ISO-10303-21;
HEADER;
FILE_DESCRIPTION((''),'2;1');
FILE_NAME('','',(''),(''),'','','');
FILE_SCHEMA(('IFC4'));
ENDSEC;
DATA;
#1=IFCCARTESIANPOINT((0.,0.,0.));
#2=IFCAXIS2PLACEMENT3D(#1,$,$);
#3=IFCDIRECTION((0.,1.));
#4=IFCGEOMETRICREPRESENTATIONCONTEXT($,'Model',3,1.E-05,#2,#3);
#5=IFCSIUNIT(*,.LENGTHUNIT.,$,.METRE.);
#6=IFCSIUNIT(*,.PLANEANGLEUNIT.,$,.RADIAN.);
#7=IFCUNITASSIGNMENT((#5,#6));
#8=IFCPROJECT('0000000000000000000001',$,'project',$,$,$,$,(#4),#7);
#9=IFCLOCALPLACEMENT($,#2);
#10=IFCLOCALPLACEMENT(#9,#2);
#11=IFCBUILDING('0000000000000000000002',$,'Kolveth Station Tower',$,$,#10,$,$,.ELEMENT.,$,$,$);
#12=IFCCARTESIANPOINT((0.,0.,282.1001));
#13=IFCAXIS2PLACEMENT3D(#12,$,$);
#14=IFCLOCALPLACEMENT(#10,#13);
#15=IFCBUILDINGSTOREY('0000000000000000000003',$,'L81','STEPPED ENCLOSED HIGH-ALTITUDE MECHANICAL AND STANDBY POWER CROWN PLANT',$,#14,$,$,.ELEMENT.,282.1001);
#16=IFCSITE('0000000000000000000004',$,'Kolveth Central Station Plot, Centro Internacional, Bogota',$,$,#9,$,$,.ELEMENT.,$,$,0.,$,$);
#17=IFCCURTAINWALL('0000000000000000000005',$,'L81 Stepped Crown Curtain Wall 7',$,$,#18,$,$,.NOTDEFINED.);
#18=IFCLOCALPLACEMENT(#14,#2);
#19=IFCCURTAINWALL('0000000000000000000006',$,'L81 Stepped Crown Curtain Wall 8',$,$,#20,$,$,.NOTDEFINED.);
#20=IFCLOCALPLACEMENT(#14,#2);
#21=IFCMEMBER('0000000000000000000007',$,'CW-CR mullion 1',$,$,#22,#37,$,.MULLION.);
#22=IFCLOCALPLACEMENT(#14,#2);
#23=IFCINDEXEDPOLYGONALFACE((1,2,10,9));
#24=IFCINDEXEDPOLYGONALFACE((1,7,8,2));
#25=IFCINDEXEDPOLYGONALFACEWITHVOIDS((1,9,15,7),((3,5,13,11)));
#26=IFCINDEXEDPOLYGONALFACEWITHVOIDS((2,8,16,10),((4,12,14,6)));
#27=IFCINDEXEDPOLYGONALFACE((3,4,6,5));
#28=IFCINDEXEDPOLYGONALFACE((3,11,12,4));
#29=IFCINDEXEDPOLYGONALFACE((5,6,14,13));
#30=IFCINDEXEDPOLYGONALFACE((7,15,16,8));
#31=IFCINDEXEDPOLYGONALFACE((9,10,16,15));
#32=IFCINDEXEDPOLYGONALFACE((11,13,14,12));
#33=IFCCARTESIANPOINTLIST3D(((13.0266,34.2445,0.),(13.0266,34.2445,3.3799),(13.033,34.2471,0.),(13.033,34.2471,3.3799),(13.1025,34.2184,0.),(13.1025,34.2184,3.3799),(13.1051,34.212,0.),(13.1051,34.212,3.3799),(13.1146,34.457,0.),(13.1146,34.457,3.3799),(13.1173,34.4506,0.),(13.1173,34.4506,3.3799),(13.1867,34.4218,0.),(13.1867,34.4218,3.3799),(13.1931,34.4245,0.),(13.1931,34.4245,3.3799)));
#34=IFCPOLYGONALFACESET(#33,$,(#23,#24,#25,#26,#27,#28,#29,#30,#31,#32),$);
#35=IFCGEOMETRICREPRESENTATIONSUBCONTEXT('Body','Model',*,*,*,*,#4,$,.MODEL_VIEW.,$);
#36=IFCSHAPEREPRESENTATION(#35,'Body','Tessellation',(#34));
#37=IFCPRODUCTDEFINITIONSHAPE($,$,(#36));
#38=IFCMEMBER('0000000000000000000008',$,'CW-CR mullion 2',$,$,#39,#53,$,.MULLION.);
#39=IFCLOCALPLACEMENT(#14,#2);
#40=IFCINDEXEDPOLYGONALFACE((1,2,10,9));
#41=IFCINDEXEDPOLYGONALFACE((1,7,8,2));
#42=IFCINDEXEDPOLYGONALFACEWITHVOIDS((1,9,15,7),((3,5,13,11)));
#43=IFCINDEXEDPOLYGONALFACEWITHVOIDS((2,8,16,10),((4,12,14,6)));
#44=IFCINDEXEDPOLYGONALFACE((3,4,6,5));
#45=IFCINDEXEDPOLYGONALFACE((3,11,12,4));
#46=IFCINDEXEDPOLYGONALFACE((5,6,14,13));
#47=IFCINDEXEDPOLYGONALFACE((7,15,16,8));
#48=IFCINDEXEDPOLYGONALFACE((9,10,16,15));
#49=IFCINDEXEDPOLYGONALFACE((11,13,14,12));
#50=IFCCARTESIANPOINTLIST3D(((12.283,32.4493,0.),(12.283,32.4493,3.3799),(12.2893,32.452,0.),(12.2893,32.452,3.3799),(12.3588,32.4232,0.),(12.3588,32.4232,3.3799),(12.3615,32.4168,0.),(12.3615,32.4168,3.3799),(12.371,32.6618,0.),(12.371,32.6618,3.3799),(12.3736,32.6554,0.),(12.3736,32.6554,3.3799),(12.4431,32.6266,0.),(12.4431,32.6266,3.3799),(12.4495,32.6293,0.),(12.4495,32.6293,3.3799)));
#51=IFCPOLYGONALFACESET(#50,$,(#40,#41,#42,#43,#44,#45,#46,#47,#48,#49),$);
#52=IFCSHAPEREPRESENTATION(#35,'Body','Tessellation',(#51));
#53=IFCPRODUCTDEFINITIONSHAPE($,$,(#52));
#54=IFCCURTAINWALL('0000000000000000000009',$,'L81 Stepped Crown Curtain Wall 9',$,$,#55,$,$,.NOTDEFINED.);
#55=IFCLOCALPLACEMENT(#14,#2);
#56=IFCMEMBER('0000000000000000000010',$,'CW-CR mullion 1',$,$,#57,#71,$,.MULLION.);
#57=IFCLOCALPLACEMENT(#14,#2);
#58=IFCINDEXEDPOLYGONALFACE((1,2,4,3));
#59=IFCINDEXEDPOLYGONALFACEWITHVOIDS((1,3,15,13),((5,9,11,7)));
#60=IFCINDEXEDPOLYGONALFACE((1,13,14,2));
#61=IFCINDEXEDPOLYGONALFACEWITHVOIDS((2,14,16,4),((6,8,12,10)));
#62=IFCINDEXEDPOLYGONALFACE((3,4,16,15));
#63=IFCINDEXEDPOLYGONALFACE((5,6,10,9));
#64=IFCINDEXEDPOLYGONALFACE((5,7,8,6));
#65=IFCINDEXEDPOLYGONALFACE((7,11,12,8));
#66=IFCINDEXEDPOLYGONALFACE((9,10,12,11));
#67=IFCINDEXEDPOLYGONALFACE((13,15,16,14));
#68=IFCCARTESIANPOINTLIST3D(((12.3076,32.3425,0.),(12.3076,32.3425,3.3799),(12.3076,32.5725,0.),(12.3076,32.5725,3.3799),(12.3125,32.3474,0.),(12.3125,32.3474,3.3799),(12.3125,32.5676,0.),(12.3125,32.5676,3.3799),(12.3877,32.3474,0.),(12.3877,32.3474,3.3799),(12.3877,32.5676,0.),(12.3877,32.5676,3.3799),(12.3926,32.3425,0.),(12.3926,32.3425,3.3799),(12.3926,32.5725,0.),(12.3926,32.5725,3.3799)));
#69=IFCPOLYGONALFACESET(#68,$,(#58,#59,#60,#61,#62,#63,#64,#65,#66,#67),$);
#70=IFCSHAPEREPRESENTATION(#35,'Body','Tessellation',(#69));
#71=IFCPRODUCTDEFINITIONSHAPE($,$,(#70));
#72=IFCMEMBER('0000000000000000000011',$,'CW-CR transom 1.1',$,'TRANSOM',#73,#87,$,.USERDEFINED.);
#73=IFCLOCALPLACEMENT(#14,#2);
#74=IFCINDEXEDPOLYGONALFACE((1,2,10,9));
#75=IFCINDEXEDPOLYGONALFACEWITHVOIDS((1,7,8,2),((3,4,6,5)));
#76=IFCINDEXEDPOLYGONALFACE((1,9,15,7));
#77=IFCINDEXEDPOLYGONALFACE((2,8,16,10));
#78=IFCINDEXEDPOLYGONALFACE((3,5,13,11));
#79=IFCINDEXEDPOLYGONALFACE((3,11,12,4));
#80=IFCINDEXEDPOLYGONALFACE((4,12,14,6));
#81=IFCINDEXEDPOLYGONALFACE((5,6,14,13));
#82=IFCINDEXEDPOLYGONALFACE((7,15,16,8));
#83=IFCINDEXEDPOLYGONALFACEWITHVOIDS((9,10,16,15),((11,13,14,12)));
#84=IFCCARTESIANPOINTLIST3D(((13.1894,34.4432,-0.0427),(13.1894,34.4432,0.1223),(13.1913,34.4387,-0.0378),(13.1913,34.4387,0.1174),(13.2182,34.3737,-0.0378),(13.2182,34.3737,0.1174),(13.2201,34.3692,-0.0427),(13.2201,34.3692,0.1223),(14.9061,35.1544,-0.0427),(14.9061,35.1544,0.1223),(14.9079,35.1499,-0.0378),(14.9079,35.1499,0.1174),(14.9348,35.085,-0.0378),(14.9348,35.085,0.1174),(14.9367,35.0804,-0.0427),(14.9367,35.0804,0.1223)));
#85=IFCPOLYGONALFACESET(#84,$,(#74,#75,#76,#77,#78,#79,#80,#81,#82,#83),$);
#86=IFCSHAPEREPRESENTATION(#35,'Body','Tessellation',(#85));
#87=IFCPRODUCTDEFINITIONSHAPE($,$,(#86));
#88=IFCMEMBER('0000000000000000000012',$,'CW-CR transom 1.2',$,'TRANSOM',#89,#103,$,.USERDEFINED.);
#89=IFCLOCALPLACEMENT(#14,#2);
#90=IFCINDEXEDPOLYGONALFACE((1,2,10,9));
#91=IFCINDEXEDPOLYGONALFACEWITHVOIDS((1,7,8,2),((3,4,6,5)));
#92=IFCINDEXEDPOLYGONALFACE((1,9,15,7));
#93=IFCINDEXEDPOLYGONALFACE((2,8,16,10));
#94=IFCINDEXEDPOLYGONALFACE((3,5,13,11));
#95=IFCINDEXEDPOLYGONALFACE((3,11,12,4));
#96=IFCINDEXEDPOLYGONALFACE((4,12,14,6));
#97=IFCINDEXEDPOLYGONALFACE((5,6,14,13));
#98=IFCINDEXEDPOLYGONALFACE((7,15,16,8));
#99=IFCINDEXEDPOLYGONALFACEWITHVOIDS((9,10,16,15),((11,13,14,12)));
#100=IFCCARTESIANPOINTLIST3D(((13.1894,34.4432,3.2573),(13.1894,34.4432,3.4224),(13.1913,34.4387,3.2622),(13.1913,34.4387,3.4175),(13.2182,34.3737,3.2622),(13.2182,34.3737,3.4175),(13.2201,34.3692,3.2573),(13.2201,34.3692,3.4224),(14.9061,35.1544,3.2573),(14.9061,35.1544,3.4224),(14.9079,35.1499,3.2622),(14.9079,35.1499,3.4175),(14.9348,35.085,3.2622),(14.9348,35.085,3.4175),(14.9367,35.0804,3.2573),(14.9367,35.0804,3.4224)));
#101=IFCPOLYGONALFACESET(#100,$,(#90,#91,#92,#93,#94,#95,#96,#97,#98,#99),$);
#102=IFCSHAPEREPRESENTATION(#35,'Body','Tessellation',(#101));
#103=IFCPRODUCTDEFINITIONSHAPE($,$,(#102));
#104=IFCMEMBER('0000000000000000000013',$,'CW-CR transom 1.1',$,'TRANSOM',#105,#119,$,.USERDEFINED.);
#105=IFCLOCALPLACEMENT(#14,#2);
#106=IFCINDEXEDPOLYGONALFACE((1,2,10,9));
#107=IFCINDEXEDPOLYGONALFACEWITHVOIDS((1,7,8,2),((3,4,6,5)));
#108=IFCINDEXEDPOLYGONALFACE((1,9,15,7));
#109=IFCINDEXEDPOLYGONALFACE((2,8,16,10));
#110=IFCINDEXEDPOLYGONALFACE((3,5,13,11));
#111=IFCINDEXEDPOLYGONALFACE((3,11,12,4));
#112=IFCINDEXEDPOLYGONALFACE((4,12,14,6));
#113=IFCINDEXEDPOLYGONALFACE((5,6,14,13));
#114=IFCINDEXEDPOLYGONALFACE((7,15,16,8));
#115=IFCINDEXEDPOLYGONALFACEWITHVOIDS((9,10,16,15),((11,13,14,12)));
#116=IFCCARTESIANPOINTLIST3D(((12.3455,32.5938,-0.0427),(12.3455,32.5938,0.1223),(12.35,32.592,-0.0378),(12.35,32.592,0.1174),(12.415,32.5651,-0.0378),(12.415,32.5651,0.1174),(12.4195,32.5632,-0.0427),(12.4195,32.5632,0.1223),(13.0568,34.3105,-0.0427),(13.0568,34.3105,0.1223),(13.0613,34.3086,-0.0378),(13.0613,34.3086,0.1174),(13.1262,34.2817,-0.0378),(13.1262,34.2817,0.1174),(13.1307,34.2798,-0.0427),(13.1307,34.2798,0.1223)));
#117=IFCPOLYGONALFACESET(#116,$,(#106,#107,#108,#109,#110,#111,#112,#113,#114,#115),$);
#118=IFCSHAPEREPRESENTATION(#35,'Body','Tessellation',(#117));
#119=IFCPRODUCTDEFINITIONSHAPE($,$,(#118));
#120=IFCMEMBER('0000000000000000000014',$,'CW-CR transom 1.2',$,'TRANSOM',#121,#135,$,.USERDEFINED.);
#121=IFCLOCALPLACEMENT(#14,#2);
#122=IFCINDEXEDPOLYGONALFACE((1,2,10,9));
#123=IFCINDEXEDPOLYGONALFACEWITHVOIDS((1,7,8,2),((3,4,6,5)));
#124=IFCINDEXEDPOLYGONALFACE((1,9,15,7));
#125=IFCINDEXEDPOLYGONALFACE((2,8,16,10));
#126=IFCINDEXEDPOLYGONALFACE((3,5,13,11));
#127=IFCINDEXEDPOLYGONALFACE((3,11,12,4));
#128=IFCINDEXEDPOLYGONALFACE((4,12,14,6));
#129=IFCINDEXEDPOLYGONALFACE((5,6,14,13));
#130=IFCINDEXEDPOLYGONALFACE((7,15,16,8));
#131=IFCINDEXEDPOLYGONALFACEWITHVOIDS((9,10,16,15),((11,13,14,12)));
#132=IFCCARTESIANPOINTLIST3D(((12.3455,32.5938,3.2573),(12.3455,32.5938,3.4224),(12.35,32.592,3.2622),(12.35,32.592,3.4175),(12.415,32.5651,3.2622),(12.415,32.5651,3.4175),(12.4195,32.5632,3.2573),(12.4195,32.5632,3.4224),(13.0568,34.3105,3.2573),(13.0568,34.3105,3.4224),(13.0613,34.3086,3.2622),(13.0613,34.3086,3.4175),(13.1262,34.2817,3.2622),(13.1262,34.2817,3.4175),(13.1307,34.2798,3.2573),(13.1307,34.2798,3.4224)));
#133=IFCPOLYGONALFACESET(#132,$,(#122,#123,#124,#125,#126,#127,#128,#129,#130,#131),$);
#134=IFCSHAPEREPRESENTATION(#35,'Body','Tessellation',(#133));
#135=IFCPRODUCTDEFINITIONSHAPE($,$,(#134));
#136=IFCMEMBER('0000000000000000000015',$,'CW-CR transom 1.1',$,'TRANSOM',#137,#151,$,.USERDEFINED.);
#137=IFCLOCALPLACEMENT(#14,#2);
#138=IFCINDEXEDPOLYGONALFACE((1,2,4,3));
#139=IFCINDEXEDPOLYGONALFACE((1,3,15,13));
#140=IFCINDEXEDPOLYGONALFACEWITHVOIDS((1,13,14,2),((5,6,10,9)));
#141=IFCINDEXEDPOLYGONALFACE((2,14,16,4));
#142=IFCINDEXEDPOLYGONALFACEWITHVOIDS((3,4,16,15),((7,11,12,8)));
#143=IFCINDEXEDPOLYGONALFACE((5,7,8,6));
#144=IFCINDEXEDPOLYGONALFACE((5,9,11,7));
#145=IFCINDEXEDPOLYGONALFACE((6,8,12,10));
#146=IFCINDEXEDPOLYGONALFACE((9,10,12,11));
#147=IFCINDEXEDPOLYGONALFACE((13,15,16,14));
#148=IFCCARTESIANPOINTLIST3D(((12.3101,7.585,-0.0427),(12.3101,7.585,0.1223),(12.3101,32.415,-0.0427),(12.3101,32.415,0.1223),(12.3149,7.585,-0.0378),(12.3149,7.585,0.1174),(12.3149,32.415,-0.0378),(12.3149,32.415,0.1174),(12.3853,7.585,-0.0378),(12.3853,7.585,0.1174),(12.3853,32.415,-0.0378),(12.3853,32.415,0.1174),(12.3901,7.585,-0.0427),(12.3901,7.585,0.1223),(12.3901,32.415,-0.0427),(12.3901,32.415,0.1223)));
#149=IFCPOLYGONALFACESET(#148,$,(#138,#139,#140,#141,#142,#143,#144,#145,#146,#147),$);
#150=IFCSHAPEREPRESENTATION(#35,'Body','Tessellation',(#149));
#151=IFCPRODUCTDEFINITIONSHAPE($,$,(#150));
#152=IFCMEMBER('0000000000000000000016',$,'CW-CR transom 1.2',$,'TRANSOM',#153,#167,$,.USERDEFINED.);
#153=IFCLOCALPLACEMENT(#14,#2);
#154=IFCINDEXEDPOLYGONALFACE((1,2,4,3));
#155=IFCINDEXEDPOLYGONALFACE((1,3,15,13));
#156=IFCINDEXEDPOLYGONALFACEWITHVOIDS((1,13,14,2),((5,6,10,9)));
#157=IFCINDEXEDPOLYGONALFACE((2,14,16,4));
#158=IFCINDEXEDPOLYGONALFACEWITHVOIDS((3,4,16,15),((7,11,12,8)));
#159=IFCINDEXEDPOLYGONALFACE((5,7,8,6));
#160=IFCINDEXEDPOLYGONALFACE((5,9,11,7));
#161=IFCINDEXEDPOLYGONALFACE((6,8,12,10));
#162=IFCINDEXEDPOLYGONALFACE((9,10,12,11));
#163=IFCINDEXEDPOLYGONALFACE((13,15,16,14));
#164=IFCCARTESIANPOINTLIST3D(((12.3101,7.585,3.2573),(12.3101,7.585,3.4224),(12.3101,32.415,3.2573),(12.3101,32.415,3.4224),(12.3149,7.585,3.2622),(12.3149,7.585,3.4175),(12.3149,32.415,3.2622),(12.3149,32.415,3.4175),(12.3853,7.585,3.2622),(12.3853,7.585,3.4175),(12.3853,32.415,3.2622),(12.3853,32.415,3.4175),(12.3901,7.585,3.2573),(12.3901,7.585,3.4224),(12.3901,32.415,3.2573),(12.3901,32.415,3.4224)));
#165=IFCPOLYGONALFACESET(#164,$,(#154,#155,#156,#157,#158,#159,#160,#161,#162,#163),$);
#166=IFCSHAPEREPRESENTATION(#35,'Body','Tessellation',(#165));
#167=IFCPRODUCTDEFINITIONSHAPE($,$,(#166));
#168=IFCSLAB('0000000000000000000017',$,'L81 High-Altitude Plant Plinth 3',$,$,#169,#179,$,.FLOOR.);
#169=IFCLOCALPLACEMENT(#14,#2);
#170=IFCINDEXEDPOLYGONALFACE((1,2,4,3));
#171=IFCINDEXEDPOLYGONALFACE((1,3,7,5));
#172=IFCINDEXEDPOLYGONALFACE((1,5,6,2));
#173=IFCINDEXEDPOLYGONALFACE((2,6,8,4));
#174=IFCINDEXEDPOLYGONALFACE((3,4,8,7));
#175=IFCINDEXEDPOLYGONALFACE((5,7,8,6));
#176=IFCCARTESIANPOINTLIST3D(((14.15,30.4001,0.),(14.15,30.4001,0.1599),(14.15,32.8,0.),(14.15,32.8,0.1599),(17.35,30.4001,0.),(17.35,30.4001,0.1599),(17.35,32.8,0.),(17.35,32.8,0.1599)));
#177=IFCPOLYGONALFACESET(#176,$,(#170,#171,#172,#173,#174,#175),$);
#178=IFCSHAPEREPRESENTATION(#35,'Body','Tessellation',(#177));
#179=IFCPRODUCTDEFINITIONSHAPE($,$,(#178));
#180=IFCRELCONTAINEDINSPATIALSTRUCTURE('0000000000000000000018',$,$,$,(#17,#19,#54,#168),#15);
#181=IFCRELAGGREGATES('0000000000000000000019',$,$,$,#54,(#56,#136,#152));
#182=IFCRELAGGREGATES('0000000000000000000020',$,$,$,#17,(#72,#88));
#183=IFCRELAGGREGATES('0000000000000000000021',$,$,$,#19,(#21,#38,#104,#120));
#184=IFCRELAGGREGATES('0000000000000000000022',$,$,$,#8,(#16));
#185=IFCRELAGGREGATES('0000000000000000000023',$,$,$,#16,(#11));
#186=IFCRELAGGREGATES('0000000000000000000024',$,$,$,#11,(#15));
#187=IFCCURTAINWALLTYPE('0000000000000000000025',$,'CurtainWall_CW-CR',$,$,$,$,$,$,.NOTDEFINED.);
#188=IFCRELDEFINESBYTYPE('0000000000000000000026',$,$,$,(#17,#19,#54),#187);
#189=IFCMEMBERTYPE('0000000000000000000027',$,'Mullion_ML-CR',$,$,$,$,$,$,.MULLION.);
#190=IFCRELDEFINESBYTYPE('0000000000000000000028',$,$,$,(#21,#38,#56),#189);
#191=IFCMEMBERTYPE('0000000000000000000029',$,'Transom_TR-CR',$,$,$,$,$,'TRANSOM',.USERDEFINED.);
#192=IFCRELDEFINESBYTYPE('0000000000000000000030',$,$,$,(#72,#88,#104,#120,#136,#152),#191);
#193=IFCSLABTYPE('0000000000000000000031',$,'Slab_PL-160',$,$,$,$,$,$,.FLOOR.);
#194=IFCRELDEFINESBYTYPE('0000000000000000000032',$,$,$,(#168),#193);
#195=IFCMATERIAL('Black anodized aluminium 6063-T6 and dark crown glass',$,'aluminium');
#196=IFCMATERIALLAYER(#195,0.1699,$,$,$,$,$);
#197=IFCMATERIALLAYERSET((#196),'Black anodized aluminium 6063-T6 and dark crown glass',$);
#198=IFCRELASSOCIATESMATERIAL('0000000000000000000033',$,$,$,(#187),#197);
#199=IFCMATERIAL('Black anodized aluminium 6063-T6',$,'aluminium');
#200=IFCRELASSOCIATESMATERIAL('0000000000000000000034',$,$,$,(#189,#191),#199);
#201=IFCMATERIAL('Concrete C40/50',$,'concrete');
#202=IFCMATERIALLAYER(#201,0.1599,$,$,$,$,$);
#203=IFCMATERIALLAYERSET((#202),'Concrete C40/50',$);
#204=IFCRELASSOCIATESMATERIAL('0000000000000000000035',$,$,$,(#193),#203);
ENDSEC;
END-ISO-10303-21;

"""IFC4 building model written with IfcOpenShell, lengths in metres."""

from ifc_helpers import new_model, si_unit, direction, frame, origin, origin_2d, place, context, subcontext, project, spatial, rectangle, hollow_rectangle, extrude, source, transform, mapped, material, layer, layer_set, material_profile, profile_set, type_object, element, aggregate, save


model = new_model("IFC4")

# Units and contexts
model_context = context("Model", 3, precision=1e-05, world=origin(), true_north=direction((0.0, 1.0)))
body_context = subcontext(model_context, "Body", "Model", "MODEL_VIEW")
ifc_project = project(units=[si_unit("LENGTHUNIT", "METRE"), si_unit("PLANEANGLEUNIT", "RADIAN")], contexts=[model_context])

# Site, building, storey
site_placement = place(None, origin())
site = spatial("IfcSite", under=ifc_project, at=site_placement, Name="Kolveth Central Station Plot, Centro Internacional, Bogota", CompositionType="ELEMENT", RefElevation=0.0)
building_placement = place(site_placement, origin())
building = spatial("IfcBuilding", under=site, at=building_placement, Name="Kolveth Station Tower", CompositionType="ELEMENT")
storey_placement = place(building_placement, frame((0.0, 0.0, 282.1001)))
storey = spatial("IfcBuildingStorey", under=building, at=storey_placement, Name="L81", Description="STEPPED ENCLOSED HIGH-ALTITUDE MECHANICAL AND STANDBY POWER CROWN PLANT", CompositionType="ELEMENT", Elevation=282.1001)

# Shared definitions
ifc_material_1 = material(Name="Black anodized aluminium 6063-T6 and dark crown glass", Category="aluminium")
ifc_layer_1 = layer(ifc_material_1, 0.1699)
ifc_layer_set_1 = layer_set([ifc_layer_1], Name="Black anodized aluminium 6063-T6 and dark crown glass")
curtain_wall_type = type_object("IfcCurtainWallType", Name="CurtainWall_CW-CR", PredefinedType="NOTDEFINED", material=ifc_layer_set_1)
ifc_material_2 = material(Name="Black anodized aluminium 6063-T6", Category="aluminium")
ifc_material_profile_1 = material_profile(ifc_material_2, hollow_rectangle(XDim=0.085, YDim=0.23, WallThickness=0.0049, at=origin_2d()), Name="ALU-85x230x5")
ifc_profile_set_1 = profile_set([ifc_material_profile_1], Name="Black anodized aluminium 6063-T6")
member_type_1 = type_object("IfcMemberType", Name="Mullion_ML-CR", PredefinedType="MULLION", material=ifc_profile_set_1)
shared_shape_1 = source(origin(), body_context, "Body", "SweptSolid", [
    extrude(hollow_rectangle(XDim=0.085, YDim=0.23, WallThickness=0.0049, at=origin_2d()), origin(), (0.0, 0.0, 1.0), 3.3799),
])

# Curtain walls, members
curtain_wall_1_placement = place(storey_placement, origin())
curtain_wall_1 = element("IfcCurtainWall", 1, at=curtain_wall_1_placement, inside=storey, type_object=curtain_wall_type, Name="L81 Stepped Crown Curtain Wall 7", PredefinedType="NOTDEFINED")
curtain_wall_2_placement = place(storey_placement, origin())
curtain_wall_2 = element("IfcCurtainWall", 2, at=curtain_wall_2_placement, inside=storey, type_object=curtain_wall_type, Name="L81 Stepped Crown Curtain Wall 8", PredefinedType="NOTDEFINED")
member_1_placement = place(storey_placement, frame((13.1099, 34.3345, 0.0), z_axis=(0.0, 0.0, 1.0), x_axis=(0.923871, -0.382703, 0.0)))
member_1 = element("IfcMember", 3, at=member_1_placement, type_object=member_type_1, Name="CW-CR mullion 1", PredefinedType="MULLION", context=body_context, shape_type="MappedRepresentation", body=[
    mapped(shared_shape_1, transform((0.0, 0.0, 0.0), x_axis=(1.0, 0.0, 0.0), y_axis=(0.0, 1.0, 0.0), z_axis=(0.0, 0.0, 1.0), scale=1.0)),
])
member_2_placement = place(storey_placement, frame((12.3662, 32.5393, 0.0), z_axis=(0.0, 0.0, 1.0), x_axis=(0.923871, -0.382703, 0.0)))
member_2 = element("IfcMember", 4, at=member_2_placement, type_object=member_type_1, Name="CW-CR mullion 2", PredefinedType="MULLION", context=body_context, shape_type="MappedRepresentation", body=[
    mapped(shared_shape_1, transform((0.0, 0.0, 0.0), x_axis=(1.0, 0.0, 0.0), y_axis=(0.0, 1.0, 0.0), z_axis=(0.0, 0.0, 1.0), scale=1.0)),
])

# Curtain wall, member
curtain_wall_3_placement = place(storey_placement, origin())
curtain_wall_3 = element("IfcCurtainWall", 5, at=curtain_wall_3_placement, inside=storey, type_object=curtain_wall_type, Name="L81 Stepped Crown Curtain Wall 9", PredefinedType="NOTDEFINED")
member_3_placement = place(storey_placement, frame((12.3501, 32.4575, 0.0), z_axis=(0.0, 0.0, 1.0), x_axis=(1.0, 0.0, 0.0)))
member_3 = element("IfcMember", 6, at=member_3_placement, type_object=member_type_1, Name="CW-CR mullion 1", PredefinedType="MULLION", context=body_context, shape_type="MappedRepresentation", body=[
    mapped(shared_shape_1, transform((0.0, 0.0, 0.0), x_axis=(1.0, 0.0, 0.0), y_axis=(0.0, 1.0, 0.0), z_axis=(0.0, 0.0, 1.0), scale=1.0)),
])

# Members
ifc_material_profile_2 = material_profile(ifc_material_2, hollow_rectangle(XDim=0.0801, YDim=0.165, WallThickness=0.0049, at=origin_2d()), Name="ALU-80x165x5")
ifc_profile_set_2 = profile_set([ifc_material_profile_2], Name="Black anodized aluminium 6063-T6")
member_type_2 = type_object("IfcMemberType", Name="Transom_TR-CR", ElementType="TRANSOM", PredefinedType="USERDEFINED", material=ifc_profile_set_2)
shared_shape_2 = source(origin(), body_context, "Body", "SweptSolid", [
    extrude(hollow_rectangle(XDim=0.0801, YDim=0.165, WallThickness=0.0049, at=origin_2d()), origin(), (0.0, 0.0, 1.0), 1.8582),
])
member_4_placement = place(storey_placement, frame((14.9214, 35.1174, 0.0398), z_axis=(-0.923849, -0.382758, 0.0), x_axis=(0.382758, -0.923849, 0.0)))
member_4 = element("IfcMember", 7, at=member_4_placement, type_object=member_type_2, Name="CW-CR transom 1.1", ObjectType="TRANSOM", PredefinedType="USERDEFINED", context=body_context, shape_type="MappedRepresentation", body=[
    mapped(shared_shape_2, transform((0.0, 0.0, 0.0), x_axis=(1.0, 0.0, 0.0), y_axis=(0.0, 1.0, 0.0), z_axis=(0.0, 0.0, 1.0), scale=1.0)),
])
member_5_placement = place(storey_placement, frame((14.9214, 35.1174, 3.3398), z_axis=(-0.923849, -0.382758, 0.0), x_axis=(0.382758, -0.923849, 0.0)))
member_5 = element("IfcMember", 8, at=member_5_placement, type_object=member_type_2, Name="CW-CR transom 1.2", ObjectType="TRANSOM", PredefinedType="USERDEFINED", context=body_context, shape_type="MappedRepresentation", body=[
    mapped(shared_shape_2, transform((0.0, 0.0, 0.0), x_axis=(1.0, 0.0, 0.0), y_axis=(0.0, 1.0, 0.0), z_axis=(0.0, 0.0, 1.0), scale=1.0)),
])
member_6_placement = place(storey_placement, frame((13.0938, 34.2952, 0.0398), z_axis=(-0.382758, -0.923849, 0.0), x_axis=(0.923849, -0.382758, 0.0)))
member_6 = element("IfcMember", 9, at=member_6_placement, type_object=member_type_2, Name="CW-CR transom 1.1", ObjectType="TRANSOM", PredefinedType="USERDEFINED", context=body_context, shape_type="MappedRepresentation", body=[
    mapped(shared_shape_2, transform((0.0, 0.0, 0.0), x_axis=(1.0, 0.0, 0.0), y_axis=(0.0, 1.0, 0.0), z_axis=(0.0, 0.0, 1.0), scale=1.0)),
])
member_7_placement = place(storey_placement, frame((13.0938, 34.2952, 3.3398), z_axis=(-0.382758, -0.923849, 0.0), x_axis=(0.923849, -0.382758, 0.0)))
member_7 = element("IfcMember", 10, at=member_7_placement, type_object=member_type_2, Name="CW-CR transom 1.2", ObjectType="TRANSOM", PredefinedType="USERDEFINED", context=body_context, shape_type="MappedRepresentation", body=[
    mapped(shared_shape_2, transform((0.0, 0.0, 0.0), x_axis=(1.0, 0.0, 0.0), y_axis=(0.0, 1.0, 0.0), z_axis=(0.0, 0.0, 1.0), scale=1.0)),
])
shared_shape_3 = source(origin(), body_context, "Body", "SweptSolid", [
    extrude(hollow_rectangle(XDim=0.0801, YDim=0.165, WallThickness=0.0049, at=origin_2d()), origin(), (0.0, 0.0, 1.0), 24.8301),
])
member_8_placement = place(storey_placement, frame((12.3501, 32.415, 0.0398), z_axis=(0.0, -1.0, 0.0), x_axis=(1.0, 0.0, 0.0)))
member_8 = element("IfcMember", 11, at=member_8_placement, type_object=member_type_2, Name="CW-CR transom 1.1", ObjectType="TRANSOM", PredefinedType="USERDEFINED", context=body_context, shape_type="MappedRepresentation", body=[
    mapped(shared_shape_3, transform((0.0, 0.0, 0.0), x_axis=(1.0, 0.0, 0.0), y_axis=(0.0, 1.0, 0.0), z_axis=(0.0, 0.0, 1.0), scale=1.0)),
])
member_9_placement = place(storey_placement, frame((12.3501, 32.415, 3.3398), z_axis=(0.0, -1.0, 0.0), x_axis=(1.0, 0.0, 0.0)))
member_9 = element("IfcMember", 12, at=member_9_placement, type_object=member_type_2, Name="CW-CR transom 1.2", ObjectType="TRANSOM", PredefinedType="USERDEFINED", context=body_context, shape_type="MappedRepresentation", body=[
    mapped(shared_shape_3, transform((0.0, 0.0, 0.0), x_axis=(1.0, 0.0, 0.0), y_axis=(0.0, 1.0, 0.0), z_axis=(0.0, 0.0, 1.0), scale=1.0)),
])
aggregate(curtain_wall_3, [member_3, member_8, member_9])

# Slab
ifc_material_3 = material(Name="Concrete C40/50", Category="concrete")
ifc_layer_2 = layer(ifc_material_3, 0.1599)
ifc_layer_set_2 = layer_set([ifc_layer_2], Name="Concrete C40/50")
slab_type = type_object("IfcSlabType", Name="Slab_PL-160", PredefinedType="FLOOR", material=ifc_layer_set_2)
shared_shape_4 = source(origin(), body_context, "Body", "SweptSolid", [
    extrude(rectangle(XDim=3.2, YDim=2.3999, at=origin_2d()), origin(), (0.0, 0.0, 1.0), 0.1599),
])
slab_placement = place(storey_placement, frame((15.75, 31.6001, 0.0), z_axis=(0.0, 0.0, 1.0), x_axis=(1.0, 0.0, 0.0)))
element("IfcSlab", 13, at=slab_placement, inside=storey, type_object=slab_type, Name="L81 High-Altitude Plant Plinth 3", PredefinedType="FLOOR", context=body_context, shape_type="MappedRepresentation", body=[
    mapped(shared_shape_4, transform((0.0, 0.0, 0.0), x_axis=(1.0, 0.0, 0.0), y_axis=(0.0, 1.0, 0.0), z_axis=(0.0, 0.0, 1.0), scale=1.0)),
])

aggregate(curtain_wall_1, [member_4, member_5])
aggregate(curtain_wall_2, [member_1, member_2, member_6, member_7])

save(model, "model.ifc")
